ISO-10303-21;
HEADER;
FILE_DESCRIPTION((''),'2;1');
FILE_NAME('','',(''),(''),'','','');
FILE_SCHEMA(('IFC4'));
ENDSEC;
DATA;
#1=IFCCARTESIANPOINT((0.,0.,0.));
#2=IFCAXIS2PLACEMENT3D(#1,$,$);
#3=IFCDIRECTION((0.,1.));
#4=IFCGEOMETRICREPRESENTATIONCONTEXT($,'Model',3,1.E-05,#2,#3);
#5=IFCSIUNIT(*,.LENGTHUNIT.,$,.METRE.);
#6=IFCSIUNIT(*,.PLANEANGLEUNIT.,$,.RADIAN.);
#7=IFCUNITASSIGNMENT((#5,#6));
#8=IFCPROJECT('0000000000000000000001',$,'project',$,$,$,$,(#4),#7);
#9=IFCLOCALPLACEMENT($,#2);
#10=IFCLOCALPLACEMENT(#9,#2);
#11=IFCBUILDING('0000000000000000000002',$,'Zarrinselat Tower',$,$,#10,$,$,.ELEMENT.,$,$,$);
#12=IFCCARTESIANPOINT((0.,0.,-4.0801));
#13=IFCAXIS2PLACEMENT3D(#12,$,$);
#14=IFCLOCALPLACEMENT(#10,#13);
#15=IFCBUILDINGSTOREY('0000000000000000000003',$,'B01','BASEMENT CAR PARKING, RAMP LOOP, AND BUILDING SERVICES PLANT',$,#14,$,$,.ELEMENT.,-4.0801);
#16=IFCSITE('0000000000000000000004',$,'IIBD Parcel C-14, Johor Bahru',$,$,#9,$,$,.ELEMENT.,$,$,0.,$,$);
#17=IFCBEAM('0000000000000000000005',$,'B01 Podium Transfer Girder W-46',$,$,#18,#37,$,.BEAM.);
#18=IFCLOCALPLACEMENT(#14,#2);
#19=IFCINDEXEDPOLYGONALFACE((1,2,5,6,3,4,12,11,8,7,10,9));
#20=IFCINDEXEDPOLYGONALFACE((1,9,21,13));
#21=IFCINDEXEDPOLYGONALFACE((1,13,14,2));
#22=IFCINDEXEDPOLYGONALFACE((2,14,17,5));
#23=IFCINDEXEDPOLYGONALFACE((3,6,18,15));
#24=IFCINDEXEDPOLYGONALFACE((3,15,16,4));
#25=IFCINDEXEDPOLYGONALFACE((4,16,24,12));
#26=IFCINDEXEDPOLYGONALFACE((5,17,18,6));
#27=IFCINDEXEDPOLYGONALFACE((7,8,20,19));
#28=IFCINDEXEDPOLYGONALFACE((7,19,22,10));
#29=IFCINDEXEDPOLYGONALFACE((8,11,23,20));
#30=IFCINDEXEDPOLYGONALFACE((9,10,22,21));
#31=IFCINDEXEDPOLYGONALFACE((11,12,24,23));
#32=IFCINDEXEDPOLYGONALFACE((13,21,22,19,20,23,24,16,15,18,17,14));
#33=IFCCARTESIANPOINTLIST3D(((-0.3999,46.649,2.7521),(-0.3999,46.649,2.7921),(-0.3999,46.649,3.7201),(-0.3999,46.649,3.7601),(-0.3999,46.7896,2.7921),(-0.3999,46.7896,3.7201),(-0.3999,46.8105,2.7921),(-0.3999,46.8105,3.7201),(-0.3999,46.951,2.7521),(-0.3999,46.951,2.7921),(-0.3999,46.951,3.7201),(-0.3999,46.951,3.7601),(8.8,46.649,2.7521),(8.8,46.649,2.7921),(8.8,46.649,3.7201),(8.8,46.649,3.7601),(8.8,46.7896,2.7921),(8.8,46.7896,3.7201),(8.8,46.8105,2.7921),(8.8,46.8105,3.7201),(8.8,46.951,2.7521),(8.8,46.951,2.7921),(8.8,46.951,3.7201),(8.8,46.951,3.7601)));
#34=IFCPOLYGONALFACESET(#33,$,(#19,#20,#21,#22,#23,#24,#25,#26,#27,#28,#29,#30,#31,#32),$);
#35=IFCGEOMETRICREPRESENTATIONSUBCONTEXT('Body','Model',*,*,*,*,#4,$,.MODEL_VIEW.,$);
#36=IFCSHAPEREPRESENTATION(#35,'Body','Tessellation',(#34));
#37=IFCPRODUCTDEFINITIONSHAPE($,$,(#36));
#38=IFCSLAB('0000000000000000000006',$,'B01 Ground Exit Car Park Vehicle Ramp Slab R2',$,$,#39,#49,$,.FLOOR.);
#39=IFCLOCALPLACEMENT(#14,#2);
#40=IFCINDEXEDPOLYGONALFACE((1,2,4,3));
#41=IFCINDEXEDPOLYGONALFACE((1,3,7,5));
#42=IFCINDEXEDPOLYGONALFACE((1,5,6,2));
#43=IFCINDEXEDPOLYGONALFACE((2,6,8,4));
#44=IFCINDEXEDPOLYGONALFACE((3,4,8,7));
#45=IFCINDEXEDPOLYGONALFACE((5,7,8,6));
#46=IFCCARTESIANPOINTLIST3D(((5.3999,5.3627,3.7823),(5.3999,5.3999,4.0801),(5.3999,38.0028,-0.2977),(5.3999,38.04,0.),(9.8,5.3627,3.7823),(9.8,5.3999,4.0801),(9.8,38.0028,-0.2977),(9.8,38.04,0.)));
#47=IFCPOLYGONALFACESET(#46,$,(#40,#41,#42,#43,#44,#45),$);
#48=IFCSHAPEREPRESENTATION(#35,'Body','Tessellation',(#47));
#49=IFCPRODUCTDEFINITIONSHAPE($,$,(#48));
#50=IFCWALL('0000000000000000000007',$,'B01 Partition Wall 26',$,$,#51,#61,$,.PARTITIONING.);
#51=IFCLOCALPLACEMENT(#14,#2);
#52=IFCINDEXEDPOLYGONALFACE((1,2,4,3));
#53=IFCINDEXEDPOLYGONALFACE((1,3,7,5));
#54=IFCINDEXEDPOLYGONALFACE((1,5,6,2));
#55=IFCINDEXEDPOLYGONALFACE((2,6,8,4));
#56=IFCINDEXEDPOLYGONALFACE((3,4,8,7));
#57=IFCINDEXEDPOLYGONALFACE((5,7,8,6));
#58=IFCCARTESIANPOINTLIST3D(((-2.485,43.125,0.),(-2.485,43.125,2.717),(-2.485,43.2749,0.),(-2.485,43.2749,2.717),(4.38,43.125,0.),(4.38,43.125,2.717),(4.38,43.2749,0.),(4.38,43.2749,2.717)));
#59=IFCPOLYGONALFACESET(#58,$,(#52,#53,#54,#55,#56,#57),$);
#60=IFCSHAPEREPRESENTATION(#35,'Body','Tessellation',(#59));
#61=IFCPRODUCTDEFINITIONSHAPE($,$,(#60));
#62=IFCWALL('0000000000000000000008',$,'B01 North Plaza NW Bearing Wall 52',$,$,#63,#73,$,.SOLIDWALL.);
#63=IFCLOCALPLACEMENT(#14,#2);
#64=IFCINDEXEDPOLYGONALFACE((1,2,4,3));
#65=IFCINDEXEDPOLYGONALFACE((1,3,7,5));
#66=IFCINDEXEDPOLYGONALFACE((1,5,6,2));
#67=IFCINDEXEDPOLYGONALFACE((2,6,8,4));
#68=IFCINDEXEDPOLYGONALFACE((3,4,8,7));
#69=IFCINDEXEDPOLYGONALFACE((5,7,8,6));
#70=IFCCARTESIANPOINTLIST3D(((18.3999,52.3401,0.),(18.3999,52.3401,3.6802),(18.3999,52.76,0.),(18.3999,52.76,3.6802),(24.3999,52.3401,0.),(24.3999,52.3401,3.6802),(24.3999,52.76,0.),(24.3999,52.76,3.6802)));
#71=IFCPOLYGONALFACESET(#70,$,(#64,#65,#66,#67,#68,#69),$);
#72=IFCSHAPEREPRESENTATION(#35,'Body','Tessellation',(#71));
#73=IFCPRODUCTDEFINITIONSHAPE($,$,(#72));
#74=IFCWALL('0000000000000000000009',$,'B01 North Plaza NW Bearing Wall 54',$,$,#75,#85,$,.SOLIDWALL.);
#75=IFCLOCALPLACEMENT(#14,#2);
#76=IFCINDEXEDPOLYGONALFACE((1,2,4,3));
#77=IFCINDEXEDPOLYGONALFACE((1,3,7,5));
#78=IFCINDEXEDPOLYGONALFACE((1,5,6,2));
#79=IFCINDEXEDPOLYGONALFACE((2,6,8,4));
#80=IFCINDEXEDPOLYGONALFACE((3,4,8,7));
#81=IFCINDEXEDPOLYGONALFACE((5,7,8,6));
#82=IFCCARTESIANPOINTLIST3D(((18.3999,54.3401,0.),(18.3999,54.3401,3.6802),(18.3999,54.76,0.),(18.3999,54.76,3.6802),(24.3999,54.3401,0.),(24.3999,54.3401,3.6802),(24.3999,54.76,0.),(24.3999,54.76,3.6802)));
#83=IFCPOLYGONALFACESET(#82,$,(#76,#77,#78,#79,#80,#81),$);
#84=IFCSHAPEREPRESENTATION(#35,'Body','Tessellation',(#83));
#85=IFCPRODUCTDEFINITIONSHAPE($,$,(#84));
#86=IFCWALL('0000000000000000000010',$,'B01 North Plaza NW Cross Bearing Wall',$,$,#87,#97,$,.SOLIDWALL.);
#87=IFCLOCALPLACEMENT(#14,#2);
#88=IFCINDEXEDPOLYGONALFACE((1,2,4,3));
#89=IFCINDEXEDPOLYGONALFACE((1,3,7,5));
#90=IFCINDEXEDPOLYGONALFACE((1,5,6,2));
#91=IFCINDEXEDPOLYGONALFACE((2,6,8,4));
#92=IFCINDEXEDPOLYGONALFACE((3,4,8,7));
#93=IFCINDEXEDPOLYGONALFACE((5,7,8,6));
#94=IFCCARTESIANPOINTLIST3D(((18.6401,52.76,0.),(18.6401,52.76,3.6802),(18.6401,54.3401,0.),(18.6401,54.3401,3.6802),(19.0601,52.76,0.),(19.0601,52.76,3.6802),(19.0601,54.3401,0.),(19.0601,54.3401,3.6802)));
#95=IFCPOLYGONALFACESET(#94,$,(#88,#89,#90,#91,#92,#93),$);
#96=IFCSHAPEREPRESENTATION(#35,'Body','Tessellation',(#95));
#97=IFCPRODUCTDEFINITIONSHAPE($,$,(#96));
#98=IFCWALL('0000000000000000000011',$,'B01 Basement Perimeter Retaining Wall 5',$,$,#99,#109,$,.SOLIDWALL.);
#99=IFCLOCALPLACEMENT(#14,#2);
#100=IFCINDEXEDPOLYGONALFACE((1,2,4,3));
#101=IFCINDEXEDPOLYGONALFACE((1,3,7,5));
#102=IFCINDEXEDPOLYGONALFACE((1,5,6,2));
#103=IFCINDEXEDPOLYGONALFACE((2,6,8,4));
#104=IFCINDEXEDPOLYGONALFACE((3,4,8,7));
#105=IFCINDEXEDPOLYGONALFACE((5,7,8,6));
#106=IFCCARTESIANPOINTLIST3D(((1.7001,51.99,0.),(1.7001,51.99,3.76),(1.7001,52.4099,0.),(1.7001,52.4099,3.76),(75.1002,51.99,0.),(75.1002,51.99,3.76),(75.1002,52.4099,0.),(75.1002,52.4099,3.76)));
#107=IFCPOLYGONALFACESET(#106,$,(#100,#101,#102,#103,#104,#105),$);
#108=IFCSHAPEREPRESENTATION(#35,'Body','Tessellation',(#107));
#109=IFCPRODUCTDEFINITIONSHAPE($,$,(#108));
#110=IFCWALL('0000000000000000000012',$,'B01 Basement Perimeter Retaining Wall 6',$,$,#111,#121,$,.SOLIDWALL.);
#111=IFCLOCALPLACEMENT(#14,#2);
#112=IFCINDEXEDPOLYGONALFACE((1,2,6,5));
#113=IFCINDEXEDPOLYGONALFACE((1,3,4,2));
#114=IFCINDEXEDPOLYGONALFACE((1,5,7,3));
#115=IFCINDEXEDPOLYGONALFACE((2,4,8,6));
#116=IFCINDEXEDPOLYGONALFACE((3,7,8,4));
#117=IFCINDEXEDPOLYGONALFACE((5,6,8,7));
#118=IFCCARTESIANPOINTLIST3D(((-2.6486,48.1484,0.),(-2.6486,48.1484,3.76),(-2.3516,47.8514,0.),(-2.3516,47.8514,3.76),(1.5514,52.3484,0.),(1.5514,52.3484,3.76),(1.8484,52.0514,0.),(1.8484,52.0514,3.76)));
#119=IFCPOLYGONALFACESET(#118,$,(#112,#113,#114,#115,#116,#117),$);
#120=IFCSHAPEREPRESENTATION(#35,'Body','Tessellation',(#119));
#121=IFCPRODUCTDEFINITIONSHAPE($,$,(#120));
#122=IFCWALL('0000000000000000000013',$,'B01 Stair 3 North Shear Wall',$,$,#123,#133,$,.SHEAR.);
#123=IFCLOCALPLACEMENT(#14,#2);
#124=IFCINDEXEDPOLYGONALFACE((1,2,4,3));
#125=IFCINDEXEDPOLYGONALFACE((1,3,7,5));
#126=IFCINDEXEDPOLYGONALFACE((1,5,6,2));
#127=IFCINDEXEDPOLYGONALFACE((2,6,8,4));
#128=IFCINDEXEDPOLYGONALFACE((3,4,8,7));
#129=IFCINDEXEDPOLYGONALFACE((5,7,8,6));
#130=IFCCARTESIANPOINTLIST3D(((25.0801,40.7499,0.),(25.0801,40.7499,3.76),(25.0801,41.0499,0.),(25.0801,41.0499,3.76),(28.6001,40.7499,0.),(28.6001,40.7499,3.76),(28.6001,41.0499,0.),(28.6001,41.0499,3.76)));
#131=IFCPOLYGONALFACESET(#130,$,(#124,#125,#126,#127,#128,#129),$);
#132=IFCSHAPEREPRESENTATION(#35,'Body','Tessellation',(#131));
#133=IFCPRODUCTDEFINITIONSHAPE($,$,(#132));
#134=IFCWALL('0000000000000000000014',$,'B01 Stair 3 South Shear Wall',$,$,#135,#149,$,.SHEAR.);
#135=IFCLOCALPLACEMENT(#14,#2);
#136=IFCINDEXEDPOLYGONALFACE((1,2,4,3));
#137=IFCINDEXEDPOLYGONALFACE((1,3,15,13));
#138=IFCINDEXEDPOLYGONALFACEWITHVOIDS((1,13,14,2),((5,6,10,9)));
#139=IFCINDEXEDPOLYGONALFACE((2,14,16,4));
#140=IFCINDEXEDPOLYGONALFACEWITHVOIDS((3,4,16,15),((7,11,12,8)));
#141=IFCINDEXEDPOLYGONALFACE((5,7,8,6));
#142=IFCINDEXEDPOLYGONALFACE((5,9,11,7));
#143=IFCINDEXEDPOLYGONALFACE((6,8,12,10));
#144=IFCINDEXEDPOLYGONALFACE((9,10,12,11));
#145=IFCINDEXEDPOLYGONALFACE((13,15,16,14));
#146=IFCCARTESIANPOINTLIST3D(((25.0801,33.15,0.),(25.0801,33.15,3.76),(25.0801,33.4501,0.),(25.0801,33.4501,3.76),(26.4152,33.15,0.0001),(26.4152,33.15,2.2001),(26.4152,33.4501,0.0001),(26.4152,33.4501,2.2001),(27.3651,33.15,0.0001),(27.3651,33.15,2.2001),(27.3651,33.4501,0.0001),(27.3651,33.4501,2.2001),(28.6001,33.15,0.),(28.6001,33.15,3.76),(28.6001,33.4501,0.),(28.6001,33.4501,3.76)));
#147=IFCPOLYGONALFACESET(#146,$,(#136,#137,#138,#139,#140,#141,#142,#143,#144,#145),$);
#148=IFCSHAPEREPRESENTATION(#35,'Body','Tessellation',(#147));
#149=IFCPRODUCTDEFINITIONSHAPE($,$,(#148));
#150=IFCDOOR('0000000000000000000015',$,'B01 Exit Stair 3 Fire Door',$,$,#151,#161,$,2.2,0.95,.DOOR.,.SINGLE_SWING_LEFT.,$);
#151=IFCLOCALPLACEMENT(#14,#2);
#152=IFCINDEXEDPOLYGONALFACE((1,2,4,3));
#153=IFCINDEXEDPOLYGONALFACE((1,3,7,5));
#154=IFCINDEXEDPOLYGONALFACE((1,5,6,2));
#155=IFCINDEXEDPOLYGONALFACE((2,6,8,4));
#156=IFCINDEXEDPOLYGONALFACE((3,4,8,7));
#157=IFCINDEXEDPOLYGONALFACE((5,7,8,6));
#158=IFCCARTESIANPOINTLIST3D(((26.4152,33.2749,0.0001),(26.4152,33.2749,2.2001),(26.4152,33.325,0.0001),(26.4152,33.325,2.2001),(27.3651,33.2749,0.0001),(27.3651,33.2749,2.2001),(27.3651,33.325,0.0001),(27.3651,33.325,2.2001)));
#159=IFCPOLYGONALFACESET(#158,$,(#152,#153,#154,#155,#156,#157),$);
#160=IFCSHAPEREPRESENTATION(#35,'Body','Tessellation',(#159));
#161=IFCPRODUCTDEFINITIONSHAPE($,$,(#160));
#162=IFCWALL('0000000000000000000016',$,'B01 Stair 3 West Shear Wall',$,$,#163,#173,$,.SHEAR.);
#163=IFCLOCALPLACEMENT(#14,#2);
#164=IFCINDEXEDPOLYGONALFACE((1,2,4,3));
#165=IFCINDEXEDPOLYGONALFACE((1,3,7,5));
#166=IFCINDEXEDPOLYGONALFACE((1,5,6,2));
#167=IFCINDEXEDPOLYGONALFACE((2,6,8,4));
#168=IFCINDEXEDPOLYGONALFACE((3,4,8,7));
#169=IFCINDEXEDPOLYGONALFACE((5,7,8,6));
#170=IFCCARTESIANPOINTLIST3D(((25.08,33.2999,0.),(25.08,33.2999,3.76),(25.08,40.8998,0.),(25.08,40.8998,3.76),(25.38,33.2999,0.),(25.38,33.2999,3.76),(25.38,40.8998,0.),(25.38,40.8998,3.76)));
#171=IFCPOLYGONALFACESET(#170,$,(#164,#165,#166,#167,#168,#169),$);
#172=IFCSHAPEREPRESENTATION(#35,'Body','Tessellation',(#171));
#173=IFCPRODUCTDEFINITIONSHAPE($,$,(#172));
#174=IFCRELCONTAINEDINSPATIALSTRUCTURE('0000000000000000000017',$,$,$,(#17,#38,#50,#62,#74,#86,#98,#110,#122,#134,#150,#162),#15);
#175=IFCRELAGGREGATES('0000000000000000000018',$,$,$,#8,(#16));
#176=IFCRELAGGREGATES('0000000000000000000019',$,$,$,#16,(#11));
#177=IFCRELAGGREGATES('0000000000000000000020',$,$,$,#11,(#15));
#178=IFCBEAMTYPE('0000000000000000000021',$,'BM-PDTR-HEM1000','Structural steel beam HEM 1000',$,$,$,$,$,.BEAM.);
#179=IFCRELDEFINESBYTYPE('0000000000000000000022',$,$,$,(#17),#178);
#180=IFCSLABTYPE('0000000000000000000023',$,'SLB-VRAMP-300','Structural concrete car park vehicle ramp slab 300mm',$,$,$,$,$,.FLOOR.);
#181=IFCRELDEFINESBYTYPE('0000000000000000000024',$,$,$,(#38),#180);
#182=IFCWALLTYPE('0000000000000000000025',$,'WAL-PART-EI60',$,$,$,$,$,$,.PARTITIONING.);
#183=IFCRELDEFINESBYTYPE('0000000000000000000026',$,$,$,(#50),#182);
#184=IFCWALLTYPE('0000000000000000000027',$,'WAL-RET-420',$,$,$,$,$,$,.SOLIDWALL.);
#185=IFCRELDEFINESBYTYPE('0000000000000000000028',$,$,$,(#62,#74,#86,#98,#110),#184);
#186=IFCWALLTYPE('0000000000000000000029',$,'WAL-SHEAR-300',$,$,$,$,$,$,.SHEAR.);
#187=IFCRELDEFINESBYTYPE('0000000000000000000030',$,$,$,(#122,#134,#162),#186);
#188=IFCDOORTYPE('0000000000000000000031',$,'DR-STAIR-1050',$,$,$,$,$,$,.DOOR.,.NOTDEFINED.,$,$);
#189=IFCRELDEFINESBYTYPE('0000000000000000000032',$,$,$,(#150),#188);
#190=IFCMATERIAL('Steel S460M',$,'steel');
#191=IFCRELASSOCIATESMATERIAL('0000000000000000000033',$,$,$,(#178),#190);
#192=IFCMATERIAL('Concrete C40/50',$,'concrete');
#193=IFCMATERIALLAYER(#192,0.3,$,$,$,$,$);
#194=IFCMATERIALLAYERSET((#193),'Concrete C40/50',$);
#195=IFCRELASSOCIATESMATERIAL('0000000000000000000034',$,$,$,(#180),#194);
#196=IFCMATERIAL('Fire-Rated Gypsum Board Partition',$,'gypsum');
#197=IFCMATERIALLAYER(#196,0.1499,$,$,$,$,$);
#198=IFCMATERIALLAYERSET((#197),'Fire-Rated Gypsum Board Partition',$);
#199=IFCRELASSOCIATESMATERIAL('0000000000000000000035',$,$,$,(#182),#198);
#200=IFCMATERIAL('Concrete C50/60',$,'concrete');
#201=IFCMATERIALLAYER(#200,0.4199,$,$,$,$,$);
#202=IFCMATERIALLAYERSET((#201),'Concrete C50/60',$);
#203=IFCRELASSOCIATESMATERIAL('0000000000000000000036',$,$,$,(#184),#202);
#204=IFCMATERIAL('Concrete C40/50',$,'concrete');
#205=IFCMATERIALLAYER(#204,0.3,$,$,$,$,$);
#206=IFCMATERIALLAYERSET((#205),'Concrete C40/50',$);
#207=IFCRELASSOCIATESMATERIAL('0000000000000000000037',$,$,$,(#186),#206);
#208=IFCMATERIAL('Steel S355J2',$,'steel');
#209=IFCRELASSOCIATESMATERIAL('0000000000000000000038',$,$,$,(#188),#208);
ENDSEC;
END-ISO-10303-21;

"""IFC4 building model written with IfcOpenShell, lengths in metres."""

from ifc_helpers import new_model, si_unit, direction, frame, frame_2d, origin, origin_2d, place, context, subcontext, project, spatial, polyline, rectangle, i_section, outline, extrude, material, layer, layer_set, material_profile, profile_set, type_object, element, fill, save


model = new_model("IFC4")

# Units and contexts
model_context = context("Model", 3, precision=1e-05, world=origin(), true_north=direction((0.0, 1.0)))
body_context = subcontext(model_context, "Body", "Model", "MODEL_VIEW")
ifc_project = project(units=[si_unit("LENGTHUNIT", "METRE"), si_unit("PLANEANGLEUNIT", "RADIAN")], contexts=[model_context])

# Site, building, storey
site_placement = place(None, origin())
site = spatial("IfcSite", under=ifc_project, at=site_placement, Name="IIBD Parcel C-14, Johor Bahru", CompositionType="ELEMENT", RefElevation=0.0)
building_placement = place(site_placement, origin())
building = spatial("IfcBuilding", under=site, at=building_placement, Name="Zarrinselat Tower", CompositionType="ELEMENT")
storey_placement = place(building_placement, frame((0.0, 0.0, -4.0801)))
storey = spatial("IfcBuildingStorey", under=building, at=storey_placement, Name="B01", Description="BASEMENT CAR PARKING, RAMP LOOP, AND BUILDING SERVICES PLANT", CompositionType="ELEMENT", Elevation=-4.0801)

# Beam
ifc_material_1 = material(Name="Steel S460M", Category="steel")
ifc_material_profile_1 = material_profile(ifc_material_1, i_section(OverallWidth=0.302, OverallDepth=1.0081, WebThickness=0.021, FlangeThickness=0.04, at=origin_2d()), Name="HEM 1000")
ifc_profile_set_1 = profile_set([ifc_material_profile_1], Name="Steel S460M")
beam_type_1 = type_object("IfcBeamType", Name="BM-PDTR-HEM1000", Description="Structural steel beam HEM 1000", PredefinedType="BEAM", material=ifc_profile_set_1)
for number, where, z_axis, x_axis, name in (
    (1, (-0.3999, 46.8, 3.2561), (1.0, 0.0, 0.0), (0.0, 1.0, 0.0), "B01 Podium Transfer Girder W-46"),
):
    element("IfcBeam", number, at=place(storey_placement, frame(where, z_axis=z_axis, x_axis=x_axis)), inside=storey, type_object=beam_type_1, Name=name, PredefinedType="BEAM", context=body_context, shape_type="SweptSolid", body=[
        extrude(i_section(OverallWidth=0.302, OverallDepth=1.0081, WebThickness=0.021, FlangeThickness=0.04, at=origin_2d()), origin(), (0.0, 0.0, 1.0), 9.2),
    ])

# Slab
ifc_material_2 = material(Name="Concrete C40/50", Category="concrete")
ifc_layer_1 = layer(ifc_material_2, 0.3)
ifc_layer_set_1 = layer_set([ifc_layer_1], Name="Concrete C40/50")
slab_type = type_object("IfcSlabType", Name="SLB-VRAMP-300", Description="Structural concrete car park vehicle ramp slab 300mm", PredefinedType="FLOOR", material=ifc_layer_set_1)
slab_placement = place(storey_placement, frame((5.3999, 38.04, 0.0), z_axis=(0.0, 0.124037, 0.992278), x_axis=(1.0, 0.0, 0.0)))
element("IfcSlab", 2, at=slab_placement, inside=storey, type_object=slab_type, Name="B01 Ground Exit Car Park Vehicle Ramp Slab R2", PredefinedType="FLOOR", context=body_context, shape_type="SweptSolid", body=[
    extrude(outline(polyline([(0.0, 0.0), (4.4001, 0.0), (4.4001, -32.8942), (0.0, -32.8942), (0.0, 0.0)])), origin(), (0.0, 0.0, -1.0), 0.3),
])

# Walls
ifc_material_3 = material(Name="Fire-Rated Gypsum Board Partition", Category="gypsum")
ifc_layer_2 = layer(ifc_material_3, 0.1499)
ifc_layer_set_2 = layer_set([ifc_layer_2], Name="Fire-Rated Gypsum Board Partition")
wall_type_1 = type_object("IfcWallType", Name="WAL-PART-EI60", PredefinedType="PARTITIONING", material=ifc_layer_set_2)
wall_1_placement = place(storey_placement, frame((-2.4851, 43.2, 0.0), z_axis=(0.0, 0.0, 1.0), x_axis=(1.0, 0.0, 0.0)))
element("IfcWall", 3, at=wall_1_placement, inside=storey, type_object=wall_type_1, Name="B01 Partition Wall 26", PredefinedType="PARTITIONING", context=body_context, shape_type="SweptSolid", body=[
    extrude(rectangle(XDim=6.865, YDim=0.1499, at=frame_2d((3.4326, 0.0))), origin(), (0.0, 0.0, 1.0), 2.717),
])
ifc_material_4 = material(Name="Concrete C50/60", Category="concrete")
ifc_layer_3 = layer(ifc_material_4, 0.4199)
ifc_layer_set_3 = layer_set([ifc_layer_3], Name="Concrete C50/60")
wall_type_2 = type_object("IfcWallType", Name="WAL-RET-420", PredefinedType="SOLIDWALL", material=ifc_layer_set_3)
for number, where, z_axis, x_axis, name in (
    (4, (18.3999, 52.55, 0.0), (0.0, 0.0, 1.0), (1.0, 0.0, 0.0), "B01 North Plaza NW Bearing Wall 52"),
    (5, (18.3999, 54.55, 0.0), (0.0, 0.0, 1.0), (1.0, 0.0, 0.0), "B01 North Plaza NW Bearing Wall 54"),
):
    element("IfcWall", number, at=place(storey_placement, frame(where, z_axis=z_axis, x_axis=x_axis)), inside=storey, type_object=wall_type_2, Name=name, PredefinedType="SOLIDWALL", context=body_context, shape_type="SweptSolid", body=[
        extrude(rectangle(XDim=6.0, YDim=0.4199, at=frame_2d((3.0, 0.0))), origin(), (0.0, 0.0, 1.0), 3.6802),
    ])
wall_2_placement = place(storey_placement, frame((18.8501, 52.76, 0.0), z_axis=(0.0, 0.0, 1.0), x_axis=(0.0, 1.0, 0.0)))
element("IfcWall", 6, at=wall_2_placement, inside=storey, type_object=wall_type_2, Name="B01 North Plaza NW Cross Bearing Wall", PredefinedType="SOLIDWALL", context=body_context, shape_type="SweptSolid", body=[
    extrude(rectangle(XDim=1.5801, YDim=0.4199, at=frame_2d((0.79, 0.0))), origin(), (0.0, 0.0, 1.0), 3.6802),
])
wall_3_placement = place(storey_placement, frame((1.7, 52.2, 0.0), z_axis=(0.0, 0.0, 1.0), x_axis=(1.0, 0.0, 0.0)))
element("IfcWall", 7, at=wall_3_placement, inside=storey, type_object=wall_type_2, Name="B01 Basement Perimeter Retaining Wall 5", PredefinedType="SOLIDWALL", context=body_context, shape_type="SweptSolid", body=[
    extrude(rectangle(XDim=73.4001, YDim=0.4199, at=frame_2d((36.7002, 0.0))), origin(), (0.0, 0.0, 1.0), 3.76),
])
wall_4_placement = place(storey_placement, frame((-2.5, 48.0, 0.0), z_axis=(0.0, 0.0, 1.0), x_axis=(0.707107, 0.707107, 0.0)))
element("IfcWall", 8, at=wall_4_placement, inside=storey, type_object=wall_type_2, Name="B01 Basement Perimeter Retaining Wall 6", PredefinedType="SOLIDWALL", context=body_context, shape_type="SweptSolid", body=[
    extrude(rectangle(XDim=5.9397, YDim=0.4199, at=frame_2d((2.9697, 0.0))), origin(), (0.0, 0.0, 1.0), 3.76),
])
ifc_material_5 = material(Name="Concrete C40/50", Category="concrete")
ifc_layer_4 = layer(ifc_material_5, 0.3)
ifc_layer_set_4 = layer_set([ifc_layer_4], Name="Concrete C40/50")
wall_type_3 = type_object("IfcWallType", Name="WAL-SHEAR-300", PredefinedType="SHEAR", material=ifc_layer_set_4)
wall_5_placement = place(storey_placement, frame((25.0801, 40.8999, 0.0), z_axis=(0.0, 0.0, 1.0), x_axis=(1.0, 0.0, 0.0)))
element("IfcWall", 9, at=wall_5_placement, inside=storey, type_object=wall_type_3, Name="B01 Stair 3 North Shear Wall", PredefinedType="SHEAR", context=body_context, shape_type="SweptSolid", body=[
    extrude(rectangle(XDim=3.52, YDim=0.3, at=frame_2d((1.76, 0.0))), origin(), (0.0, 0.0, 1.0), 3.76),
])

# Wall, opening, door
wall_6_placement = place(storey_placement, frame((25.0801, 33.3, 0.0), z_axis=(0.0, 0.0, 1.0), x_axis=(1.0, 0.0, 0.0)))
wall_6 = element("IfcWall", 10, at=wall_6_placement, inside=storey, type_object=wall_type_3, Name="B01 Stair 3 South Shear Wall", PredefinedType="SHEAR", context=body_context, shape_type="SweptSolid", body=[
    extrude(rectangle(XDim=3.52, YDim=0.3, at=frame_2d((1.76, 0.0))), origin(), (0.0, 0.0, 1.0), 3.76),
])
opening_placement = place(wall_6_placement, frame((1.335, 0.0, 0.0)))
opening = element("IfcOpeningElement", 11, at=opening_placement, cuts=wall_6, PredefinedType="OPENING", context=body_context, shape_type="SweptSolid", body=[
    extrude(rectangle(XDim=0.95, YDim=2.2, at=frame_2d((0.4751, 1.1001))), frame((0.0, 0.1599, 0.0), z_axis=(0.0, -1.0, 0.0), x_axis=(1.0, 0.0, 0.0)), (0.0, 0.0, 1.0), 0.3201),
])
ifc_material_6 = material(Name="Steel S355J2", Category="steel")
door_type = type_object("IfcDoorType", Name="DR-STAIR-1050", OperationType="NOTDEFINED", PredefinedType="DOOR", material=ifc_material_6)
door_placement = place(opening_placement, origin())
door = element("IfcDoor", 12, at=door_placement, inside=storey, type_object=door_type, Name="B01 Exit Stair 3 Fire Door", OperationType="SINGLE_SWING_LEFT", OverallHeight=2.2, OverallWidth=0.95, PredefinedType="DOOR", context=body_context, shape_type="SweptSolid", body=[
    extrude(rectangle(XDim=0.95, YDim=2.2, at=frame_2d((0.4751, 1.1001))), frame((0.0, 0.0249, 0.0), z_axis=(0.0, -1.0, 0.0), x_axis=(1.0, 0.0, 0.0)), (0.0, 0.0, 1.0), 0.05),
])
fill(opening, door)

# Wall
wall_7_placement = place(storey_placement, frame((25.23, 33.3, 0.0), z_axis=(0.0, 0.0, 1.0), x_axis=(0.0, 1.0, 0.0)))
element("IfcWall", 13, at=wall_7_placement, inside=storey, type_object=wall_type_3, Name="B01 Stair 3 West Shear Wall", PredefinedType="SHEAR", context=body_context, shape_type="SweptSolid", body=[
    extrude(rectangle(XDim=7.5999, YDim=0.3, at=frame_2d((3.7998, 0.0))), origin(), (0.0, 0.0, 1.0), 3.76),
])

save(model, "model.ifc")
